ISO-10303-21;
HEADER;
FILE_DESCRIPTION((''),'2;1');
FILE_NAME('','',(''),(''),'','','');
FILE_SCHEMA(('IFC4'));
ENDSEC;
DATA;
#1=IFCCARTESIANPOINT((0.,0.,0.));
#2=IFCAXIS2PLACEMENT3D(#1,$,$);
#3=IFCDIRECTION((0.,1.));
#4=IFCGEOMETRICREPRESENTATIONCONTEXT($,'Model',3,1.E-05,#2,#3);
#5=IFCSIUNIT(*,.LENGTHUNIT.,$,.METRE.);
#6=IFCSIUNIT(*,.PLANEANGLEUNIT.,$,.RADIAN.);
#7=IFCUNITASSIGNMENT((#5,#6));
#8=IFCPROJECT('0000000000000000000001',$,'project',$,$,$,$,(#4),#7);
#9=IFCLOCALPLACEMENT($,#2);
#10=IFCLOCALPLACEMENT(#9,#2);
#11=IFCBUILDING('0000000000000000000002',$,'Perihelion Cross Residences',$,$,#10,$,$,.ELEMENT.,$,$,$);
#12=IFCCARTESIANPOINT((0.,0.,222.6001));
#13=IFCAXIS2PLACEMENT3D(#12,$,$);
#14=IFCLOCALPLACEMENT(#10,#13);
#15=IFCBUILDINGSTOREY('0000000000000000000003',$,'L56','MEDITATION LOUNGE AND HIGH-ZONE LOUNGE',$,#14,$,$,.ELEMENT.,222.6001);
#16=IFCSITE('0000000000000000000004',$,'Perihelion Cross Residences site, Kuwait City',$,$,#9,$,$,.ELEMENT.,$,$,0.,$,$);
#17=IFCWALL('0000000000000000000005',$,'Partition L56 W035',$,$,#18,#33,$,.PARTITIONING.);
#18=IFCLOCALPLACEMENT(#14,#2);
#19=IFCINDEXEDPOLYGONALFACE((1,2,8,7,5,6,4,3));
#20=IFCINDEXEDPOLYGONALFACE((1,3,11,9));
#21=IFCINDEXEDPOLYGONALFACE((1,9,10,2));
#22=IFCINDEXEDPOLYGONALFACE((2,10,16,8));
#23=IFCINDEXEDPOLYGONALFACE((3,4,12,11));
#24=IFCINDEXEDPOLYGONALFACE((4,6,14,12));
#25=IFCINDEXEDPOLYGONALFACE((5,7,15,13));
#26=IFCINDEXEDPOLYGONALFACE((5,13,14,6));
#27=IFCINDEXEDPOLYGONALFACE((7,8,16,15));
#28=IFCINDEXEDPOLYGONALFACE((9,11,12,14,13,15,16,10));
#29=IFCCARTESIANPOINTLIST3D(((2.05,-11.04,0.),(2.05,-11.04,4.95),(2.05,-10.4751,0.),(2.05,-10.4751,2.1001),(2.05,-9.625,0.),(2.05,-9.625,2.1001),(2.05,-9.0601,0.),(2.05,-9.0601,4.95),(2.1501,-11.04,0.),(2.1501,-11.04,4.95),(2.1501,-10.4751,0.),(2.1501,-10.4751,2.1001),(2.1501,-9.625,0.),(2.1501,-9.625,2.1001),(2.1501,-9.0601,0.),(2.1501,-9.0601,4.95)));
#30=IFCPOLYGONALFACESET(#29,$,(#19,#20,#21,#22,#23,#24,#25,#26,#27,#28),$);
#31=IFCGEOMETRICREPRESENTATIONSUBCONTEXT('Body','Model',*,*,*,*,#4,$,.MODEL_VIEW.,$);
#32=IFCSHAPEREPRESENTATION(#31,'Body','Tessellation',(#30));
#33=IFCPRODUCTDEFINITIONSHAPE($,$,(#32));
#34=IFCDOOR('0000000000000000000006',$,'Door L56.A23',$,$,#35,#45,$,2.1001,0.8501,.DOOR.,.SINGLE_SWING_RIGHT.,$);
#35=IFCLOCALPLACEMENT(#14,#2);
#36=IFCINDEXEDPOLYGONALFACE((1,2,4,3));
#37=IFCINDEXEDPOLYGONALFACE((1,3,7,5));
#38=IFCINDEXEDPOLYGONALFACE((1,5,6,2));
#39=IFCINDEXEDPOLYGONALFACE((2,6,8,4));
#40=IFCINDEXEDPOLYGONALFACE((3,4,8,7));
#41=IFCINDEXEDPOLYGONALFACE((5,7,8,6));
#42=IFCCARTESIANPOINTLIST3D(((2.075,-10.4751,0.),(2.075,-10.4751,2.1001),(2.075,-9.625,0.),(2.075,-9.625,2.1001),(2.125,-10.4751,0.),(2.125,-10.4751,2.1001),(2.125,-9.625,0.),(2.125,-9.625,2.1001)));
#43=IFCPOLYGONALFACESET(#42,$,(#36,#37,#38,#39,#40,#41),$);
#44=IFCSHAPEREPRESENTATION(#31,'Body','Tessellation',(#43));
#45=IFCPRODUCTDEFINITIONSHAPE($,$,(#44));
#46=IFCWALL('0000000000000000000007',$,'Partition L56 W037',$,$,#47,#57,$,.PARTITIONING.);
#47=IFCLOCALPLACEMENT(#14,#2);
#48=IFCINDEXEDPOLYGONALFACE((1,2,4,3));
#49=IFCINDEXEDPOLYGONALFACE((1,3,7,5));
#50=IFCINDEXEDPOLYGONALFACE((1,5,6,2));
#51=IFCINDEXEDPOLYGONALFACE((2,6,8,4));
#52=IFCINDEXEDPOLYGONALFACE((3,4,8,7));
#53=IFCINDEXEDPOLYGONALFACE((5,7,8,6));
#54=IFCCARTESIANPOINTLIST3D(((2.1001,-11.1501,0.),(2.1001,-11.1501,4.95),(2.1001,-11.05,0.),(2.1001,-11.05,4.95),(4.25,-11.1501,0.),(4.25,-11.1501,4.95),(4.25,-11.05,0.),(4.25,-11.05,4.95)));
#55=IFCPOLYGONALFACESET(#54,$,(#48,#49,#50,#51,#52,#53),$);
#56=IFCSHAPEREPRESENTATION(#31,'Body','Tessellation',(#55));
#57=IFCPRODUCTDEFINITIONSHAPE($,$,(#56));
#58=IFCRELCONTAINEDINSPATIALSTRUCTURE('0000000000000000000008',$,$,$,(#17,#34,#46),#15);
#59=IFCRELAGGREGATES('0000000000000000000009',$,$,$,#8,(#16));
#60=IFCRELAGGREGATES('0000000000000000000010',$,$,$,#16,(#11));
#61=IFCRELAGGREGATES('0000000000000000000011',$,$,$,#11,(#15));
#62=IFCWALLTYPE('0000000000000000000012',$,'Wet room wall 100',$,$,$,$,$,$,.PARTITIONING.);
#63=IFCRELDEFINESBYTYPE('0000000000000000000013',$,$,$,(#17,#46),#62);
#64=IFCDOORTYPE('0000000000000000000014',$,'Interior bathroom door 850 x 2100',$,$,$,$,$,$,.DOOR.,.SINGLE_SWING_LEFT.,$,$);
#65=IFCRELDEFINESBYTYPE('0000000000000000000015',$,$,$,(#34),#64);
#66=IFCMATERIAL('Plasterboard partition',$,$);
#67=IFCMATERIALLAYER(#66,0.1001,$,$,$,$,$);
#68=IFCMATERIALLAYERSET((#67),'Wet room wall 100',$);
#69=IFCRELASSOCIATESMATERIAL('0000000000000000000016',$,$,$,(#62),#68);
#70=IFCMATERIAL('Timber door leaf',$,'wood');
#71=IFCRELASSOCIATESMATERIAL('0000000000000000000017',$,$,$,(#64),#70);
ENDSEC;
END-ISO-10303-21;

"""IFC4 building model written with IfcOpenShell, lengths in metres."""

from ifc_helpers import new_model, si_unit, direction, frame, frame_2d, origin, place, context, subcontext, project, spatial, rectangle, extrude, material, layer, layer_set, type_object, element, fill, save


model = new_model("IFC4")

# Units and contexts
model_context = context("Model", 3, precision=1e-05, world=origin(), true_north=direction((0.0, 1.0)))
body_context = subcontext(model_context, "Body", "Model", "MODEL_VIEW")
ifc_project = project(units=[si_unit("LENGTHUNIT", "METRE"), si_unit("PLANEANGLEUNIT", "RADIAN")], contexts=[model_context])

# Site, building, storey
site_placement = place(None, origin())
site = spatial("IfcSite", under=ifc_project, at=site_placement, Name="Perihelion Cross Residences site, Kuwait City", CompositionType="ELEMENT", RefElevation=0.0)
building_placement = place(site_placement, origin())
building = spatial("IfcBuilding", under=site, at=building_placement, Name="Perihelion Cross Residences", CompositionType="ELEMENT")
storey_placement = place(building_placement, frame((0.0, 0.0, 222.6001)))
storey = spatial("IfcBuildingStorey", under=building, at=storey_placement, Name="L56", Description="MEDITATION LOUNGE AND HIGH-ZONE LOUNGE", CompositionType="ELEMENT", Elevation=222.6001)

# Shared definitions
ifc_material_1 = material(Name="Plasterboard partition")
ifc_layer_1 = layer(ifc_material_1, 0.1001)
ifc_layer_set_1 = layer_set([ifc_layer_1], Name="Wet room wall 100")
wall_type_1 = type_object("IfcWallType", Name="Wet room wall 100", PredefinedType="PARTITIONING", material=ifc_layer_set_1)

# Wall, opening, door
wall_1_placement = place(storey_placement, frame((2.1001, -9.0601, 0.0), z_axis=(0.0, 0.0, 1.0), x_axis=(0.0, -1.0, 0.0)))
wall_1 = element("IfcWall", 1, at=wall_1_placement, inside=storey, type_object=wall_type_1, Name="Partition L56 W035", PredefinedType="PARTITIONING", context=body_context, shape_type="SweptSolid", body=[
    extrude(rectangle(XDim=1.98, YDim=0.1001, at=frame_2d((0.99, 0.0))), origin(), (0.0, 0.0, 1.0), 4.95),
])
opening_1_placement = place(wall_1_placement, frame((0.5649, 0.0, 0.0)))
opening_1 = element("IfcOpeningElement", 2, at=opening_1_placement, cuts=wall_1, PredefinedType="OPENING", context=body_context, shape_type="SweptSolid", body=[
    extrude(rectangle(XDim=0.8501, YDim=2.1001, at=frame_2d((0.425, 1.05))), frame((0.0, 0.0601, 0.0), z_axis=(0.0, -1.0, 0.0), x_axis=(1.0, 0.0, 0.0)), (0.0, 0.0, 1.0), 0.1201),
])
ifc_material_2 = material(Name="Timber door leaf", Category="wood")
door_type_1 = type_object("IfcDoorType", Name="Interior bathroom door 850 x 2100", OperationType="SINGLE_SWING_LEFT", PredefinedType="DOOR", material=ifc_material_2)
door_1_placement = place(opening_1_placement, origin())
door_1 = element("IfcDoor", 3, at=door_1_placement, inside=storey, type_object=door_type_1, Name="Door L56.A23", OperationType="SINGLE_SWING_RIGHT", OverallHeight=2.1001, OverallWidth=0.8501, PredefinedType="DOOR", context=body_context, shape_type="SweptSolid", body=[
    extrude(rectangle(XDim=0.8501, YDim=2.1001, at=frame_2d((0.425, 1.05))), frame((0.0, 0.0249, 0.0), z_axis=(0.0, -1.0, 0.0), x_axis=(1.0, 0.0, 0.0)), (0.0, 0.0, 1.0), 0.05),
])
fill(opening_1, door_1)

# Wall
wall_2_placement = place(storey_placement, frame((4.25, -11.1001, 0.0), z_axis=(0.0, 0.0, 1.0), x_axis=(-1.0, 0.0, 0.0)))
element("IfcWall", 4, at=wall_2_placement, inside=storey, type_object=wall_type_1, Name="Partition L56 W037", PredefinedType="PARTITIONING", context=body_context, shape_type="SweptSolid", body=[
    extrude(rectangle(XDim=2.1499, YDim=0.1001, at=frame_2d((1.075, 0.0))), origin(), (0.0, 0.0, 1.0), 4.95),
])

save(model, "model.ifc")
